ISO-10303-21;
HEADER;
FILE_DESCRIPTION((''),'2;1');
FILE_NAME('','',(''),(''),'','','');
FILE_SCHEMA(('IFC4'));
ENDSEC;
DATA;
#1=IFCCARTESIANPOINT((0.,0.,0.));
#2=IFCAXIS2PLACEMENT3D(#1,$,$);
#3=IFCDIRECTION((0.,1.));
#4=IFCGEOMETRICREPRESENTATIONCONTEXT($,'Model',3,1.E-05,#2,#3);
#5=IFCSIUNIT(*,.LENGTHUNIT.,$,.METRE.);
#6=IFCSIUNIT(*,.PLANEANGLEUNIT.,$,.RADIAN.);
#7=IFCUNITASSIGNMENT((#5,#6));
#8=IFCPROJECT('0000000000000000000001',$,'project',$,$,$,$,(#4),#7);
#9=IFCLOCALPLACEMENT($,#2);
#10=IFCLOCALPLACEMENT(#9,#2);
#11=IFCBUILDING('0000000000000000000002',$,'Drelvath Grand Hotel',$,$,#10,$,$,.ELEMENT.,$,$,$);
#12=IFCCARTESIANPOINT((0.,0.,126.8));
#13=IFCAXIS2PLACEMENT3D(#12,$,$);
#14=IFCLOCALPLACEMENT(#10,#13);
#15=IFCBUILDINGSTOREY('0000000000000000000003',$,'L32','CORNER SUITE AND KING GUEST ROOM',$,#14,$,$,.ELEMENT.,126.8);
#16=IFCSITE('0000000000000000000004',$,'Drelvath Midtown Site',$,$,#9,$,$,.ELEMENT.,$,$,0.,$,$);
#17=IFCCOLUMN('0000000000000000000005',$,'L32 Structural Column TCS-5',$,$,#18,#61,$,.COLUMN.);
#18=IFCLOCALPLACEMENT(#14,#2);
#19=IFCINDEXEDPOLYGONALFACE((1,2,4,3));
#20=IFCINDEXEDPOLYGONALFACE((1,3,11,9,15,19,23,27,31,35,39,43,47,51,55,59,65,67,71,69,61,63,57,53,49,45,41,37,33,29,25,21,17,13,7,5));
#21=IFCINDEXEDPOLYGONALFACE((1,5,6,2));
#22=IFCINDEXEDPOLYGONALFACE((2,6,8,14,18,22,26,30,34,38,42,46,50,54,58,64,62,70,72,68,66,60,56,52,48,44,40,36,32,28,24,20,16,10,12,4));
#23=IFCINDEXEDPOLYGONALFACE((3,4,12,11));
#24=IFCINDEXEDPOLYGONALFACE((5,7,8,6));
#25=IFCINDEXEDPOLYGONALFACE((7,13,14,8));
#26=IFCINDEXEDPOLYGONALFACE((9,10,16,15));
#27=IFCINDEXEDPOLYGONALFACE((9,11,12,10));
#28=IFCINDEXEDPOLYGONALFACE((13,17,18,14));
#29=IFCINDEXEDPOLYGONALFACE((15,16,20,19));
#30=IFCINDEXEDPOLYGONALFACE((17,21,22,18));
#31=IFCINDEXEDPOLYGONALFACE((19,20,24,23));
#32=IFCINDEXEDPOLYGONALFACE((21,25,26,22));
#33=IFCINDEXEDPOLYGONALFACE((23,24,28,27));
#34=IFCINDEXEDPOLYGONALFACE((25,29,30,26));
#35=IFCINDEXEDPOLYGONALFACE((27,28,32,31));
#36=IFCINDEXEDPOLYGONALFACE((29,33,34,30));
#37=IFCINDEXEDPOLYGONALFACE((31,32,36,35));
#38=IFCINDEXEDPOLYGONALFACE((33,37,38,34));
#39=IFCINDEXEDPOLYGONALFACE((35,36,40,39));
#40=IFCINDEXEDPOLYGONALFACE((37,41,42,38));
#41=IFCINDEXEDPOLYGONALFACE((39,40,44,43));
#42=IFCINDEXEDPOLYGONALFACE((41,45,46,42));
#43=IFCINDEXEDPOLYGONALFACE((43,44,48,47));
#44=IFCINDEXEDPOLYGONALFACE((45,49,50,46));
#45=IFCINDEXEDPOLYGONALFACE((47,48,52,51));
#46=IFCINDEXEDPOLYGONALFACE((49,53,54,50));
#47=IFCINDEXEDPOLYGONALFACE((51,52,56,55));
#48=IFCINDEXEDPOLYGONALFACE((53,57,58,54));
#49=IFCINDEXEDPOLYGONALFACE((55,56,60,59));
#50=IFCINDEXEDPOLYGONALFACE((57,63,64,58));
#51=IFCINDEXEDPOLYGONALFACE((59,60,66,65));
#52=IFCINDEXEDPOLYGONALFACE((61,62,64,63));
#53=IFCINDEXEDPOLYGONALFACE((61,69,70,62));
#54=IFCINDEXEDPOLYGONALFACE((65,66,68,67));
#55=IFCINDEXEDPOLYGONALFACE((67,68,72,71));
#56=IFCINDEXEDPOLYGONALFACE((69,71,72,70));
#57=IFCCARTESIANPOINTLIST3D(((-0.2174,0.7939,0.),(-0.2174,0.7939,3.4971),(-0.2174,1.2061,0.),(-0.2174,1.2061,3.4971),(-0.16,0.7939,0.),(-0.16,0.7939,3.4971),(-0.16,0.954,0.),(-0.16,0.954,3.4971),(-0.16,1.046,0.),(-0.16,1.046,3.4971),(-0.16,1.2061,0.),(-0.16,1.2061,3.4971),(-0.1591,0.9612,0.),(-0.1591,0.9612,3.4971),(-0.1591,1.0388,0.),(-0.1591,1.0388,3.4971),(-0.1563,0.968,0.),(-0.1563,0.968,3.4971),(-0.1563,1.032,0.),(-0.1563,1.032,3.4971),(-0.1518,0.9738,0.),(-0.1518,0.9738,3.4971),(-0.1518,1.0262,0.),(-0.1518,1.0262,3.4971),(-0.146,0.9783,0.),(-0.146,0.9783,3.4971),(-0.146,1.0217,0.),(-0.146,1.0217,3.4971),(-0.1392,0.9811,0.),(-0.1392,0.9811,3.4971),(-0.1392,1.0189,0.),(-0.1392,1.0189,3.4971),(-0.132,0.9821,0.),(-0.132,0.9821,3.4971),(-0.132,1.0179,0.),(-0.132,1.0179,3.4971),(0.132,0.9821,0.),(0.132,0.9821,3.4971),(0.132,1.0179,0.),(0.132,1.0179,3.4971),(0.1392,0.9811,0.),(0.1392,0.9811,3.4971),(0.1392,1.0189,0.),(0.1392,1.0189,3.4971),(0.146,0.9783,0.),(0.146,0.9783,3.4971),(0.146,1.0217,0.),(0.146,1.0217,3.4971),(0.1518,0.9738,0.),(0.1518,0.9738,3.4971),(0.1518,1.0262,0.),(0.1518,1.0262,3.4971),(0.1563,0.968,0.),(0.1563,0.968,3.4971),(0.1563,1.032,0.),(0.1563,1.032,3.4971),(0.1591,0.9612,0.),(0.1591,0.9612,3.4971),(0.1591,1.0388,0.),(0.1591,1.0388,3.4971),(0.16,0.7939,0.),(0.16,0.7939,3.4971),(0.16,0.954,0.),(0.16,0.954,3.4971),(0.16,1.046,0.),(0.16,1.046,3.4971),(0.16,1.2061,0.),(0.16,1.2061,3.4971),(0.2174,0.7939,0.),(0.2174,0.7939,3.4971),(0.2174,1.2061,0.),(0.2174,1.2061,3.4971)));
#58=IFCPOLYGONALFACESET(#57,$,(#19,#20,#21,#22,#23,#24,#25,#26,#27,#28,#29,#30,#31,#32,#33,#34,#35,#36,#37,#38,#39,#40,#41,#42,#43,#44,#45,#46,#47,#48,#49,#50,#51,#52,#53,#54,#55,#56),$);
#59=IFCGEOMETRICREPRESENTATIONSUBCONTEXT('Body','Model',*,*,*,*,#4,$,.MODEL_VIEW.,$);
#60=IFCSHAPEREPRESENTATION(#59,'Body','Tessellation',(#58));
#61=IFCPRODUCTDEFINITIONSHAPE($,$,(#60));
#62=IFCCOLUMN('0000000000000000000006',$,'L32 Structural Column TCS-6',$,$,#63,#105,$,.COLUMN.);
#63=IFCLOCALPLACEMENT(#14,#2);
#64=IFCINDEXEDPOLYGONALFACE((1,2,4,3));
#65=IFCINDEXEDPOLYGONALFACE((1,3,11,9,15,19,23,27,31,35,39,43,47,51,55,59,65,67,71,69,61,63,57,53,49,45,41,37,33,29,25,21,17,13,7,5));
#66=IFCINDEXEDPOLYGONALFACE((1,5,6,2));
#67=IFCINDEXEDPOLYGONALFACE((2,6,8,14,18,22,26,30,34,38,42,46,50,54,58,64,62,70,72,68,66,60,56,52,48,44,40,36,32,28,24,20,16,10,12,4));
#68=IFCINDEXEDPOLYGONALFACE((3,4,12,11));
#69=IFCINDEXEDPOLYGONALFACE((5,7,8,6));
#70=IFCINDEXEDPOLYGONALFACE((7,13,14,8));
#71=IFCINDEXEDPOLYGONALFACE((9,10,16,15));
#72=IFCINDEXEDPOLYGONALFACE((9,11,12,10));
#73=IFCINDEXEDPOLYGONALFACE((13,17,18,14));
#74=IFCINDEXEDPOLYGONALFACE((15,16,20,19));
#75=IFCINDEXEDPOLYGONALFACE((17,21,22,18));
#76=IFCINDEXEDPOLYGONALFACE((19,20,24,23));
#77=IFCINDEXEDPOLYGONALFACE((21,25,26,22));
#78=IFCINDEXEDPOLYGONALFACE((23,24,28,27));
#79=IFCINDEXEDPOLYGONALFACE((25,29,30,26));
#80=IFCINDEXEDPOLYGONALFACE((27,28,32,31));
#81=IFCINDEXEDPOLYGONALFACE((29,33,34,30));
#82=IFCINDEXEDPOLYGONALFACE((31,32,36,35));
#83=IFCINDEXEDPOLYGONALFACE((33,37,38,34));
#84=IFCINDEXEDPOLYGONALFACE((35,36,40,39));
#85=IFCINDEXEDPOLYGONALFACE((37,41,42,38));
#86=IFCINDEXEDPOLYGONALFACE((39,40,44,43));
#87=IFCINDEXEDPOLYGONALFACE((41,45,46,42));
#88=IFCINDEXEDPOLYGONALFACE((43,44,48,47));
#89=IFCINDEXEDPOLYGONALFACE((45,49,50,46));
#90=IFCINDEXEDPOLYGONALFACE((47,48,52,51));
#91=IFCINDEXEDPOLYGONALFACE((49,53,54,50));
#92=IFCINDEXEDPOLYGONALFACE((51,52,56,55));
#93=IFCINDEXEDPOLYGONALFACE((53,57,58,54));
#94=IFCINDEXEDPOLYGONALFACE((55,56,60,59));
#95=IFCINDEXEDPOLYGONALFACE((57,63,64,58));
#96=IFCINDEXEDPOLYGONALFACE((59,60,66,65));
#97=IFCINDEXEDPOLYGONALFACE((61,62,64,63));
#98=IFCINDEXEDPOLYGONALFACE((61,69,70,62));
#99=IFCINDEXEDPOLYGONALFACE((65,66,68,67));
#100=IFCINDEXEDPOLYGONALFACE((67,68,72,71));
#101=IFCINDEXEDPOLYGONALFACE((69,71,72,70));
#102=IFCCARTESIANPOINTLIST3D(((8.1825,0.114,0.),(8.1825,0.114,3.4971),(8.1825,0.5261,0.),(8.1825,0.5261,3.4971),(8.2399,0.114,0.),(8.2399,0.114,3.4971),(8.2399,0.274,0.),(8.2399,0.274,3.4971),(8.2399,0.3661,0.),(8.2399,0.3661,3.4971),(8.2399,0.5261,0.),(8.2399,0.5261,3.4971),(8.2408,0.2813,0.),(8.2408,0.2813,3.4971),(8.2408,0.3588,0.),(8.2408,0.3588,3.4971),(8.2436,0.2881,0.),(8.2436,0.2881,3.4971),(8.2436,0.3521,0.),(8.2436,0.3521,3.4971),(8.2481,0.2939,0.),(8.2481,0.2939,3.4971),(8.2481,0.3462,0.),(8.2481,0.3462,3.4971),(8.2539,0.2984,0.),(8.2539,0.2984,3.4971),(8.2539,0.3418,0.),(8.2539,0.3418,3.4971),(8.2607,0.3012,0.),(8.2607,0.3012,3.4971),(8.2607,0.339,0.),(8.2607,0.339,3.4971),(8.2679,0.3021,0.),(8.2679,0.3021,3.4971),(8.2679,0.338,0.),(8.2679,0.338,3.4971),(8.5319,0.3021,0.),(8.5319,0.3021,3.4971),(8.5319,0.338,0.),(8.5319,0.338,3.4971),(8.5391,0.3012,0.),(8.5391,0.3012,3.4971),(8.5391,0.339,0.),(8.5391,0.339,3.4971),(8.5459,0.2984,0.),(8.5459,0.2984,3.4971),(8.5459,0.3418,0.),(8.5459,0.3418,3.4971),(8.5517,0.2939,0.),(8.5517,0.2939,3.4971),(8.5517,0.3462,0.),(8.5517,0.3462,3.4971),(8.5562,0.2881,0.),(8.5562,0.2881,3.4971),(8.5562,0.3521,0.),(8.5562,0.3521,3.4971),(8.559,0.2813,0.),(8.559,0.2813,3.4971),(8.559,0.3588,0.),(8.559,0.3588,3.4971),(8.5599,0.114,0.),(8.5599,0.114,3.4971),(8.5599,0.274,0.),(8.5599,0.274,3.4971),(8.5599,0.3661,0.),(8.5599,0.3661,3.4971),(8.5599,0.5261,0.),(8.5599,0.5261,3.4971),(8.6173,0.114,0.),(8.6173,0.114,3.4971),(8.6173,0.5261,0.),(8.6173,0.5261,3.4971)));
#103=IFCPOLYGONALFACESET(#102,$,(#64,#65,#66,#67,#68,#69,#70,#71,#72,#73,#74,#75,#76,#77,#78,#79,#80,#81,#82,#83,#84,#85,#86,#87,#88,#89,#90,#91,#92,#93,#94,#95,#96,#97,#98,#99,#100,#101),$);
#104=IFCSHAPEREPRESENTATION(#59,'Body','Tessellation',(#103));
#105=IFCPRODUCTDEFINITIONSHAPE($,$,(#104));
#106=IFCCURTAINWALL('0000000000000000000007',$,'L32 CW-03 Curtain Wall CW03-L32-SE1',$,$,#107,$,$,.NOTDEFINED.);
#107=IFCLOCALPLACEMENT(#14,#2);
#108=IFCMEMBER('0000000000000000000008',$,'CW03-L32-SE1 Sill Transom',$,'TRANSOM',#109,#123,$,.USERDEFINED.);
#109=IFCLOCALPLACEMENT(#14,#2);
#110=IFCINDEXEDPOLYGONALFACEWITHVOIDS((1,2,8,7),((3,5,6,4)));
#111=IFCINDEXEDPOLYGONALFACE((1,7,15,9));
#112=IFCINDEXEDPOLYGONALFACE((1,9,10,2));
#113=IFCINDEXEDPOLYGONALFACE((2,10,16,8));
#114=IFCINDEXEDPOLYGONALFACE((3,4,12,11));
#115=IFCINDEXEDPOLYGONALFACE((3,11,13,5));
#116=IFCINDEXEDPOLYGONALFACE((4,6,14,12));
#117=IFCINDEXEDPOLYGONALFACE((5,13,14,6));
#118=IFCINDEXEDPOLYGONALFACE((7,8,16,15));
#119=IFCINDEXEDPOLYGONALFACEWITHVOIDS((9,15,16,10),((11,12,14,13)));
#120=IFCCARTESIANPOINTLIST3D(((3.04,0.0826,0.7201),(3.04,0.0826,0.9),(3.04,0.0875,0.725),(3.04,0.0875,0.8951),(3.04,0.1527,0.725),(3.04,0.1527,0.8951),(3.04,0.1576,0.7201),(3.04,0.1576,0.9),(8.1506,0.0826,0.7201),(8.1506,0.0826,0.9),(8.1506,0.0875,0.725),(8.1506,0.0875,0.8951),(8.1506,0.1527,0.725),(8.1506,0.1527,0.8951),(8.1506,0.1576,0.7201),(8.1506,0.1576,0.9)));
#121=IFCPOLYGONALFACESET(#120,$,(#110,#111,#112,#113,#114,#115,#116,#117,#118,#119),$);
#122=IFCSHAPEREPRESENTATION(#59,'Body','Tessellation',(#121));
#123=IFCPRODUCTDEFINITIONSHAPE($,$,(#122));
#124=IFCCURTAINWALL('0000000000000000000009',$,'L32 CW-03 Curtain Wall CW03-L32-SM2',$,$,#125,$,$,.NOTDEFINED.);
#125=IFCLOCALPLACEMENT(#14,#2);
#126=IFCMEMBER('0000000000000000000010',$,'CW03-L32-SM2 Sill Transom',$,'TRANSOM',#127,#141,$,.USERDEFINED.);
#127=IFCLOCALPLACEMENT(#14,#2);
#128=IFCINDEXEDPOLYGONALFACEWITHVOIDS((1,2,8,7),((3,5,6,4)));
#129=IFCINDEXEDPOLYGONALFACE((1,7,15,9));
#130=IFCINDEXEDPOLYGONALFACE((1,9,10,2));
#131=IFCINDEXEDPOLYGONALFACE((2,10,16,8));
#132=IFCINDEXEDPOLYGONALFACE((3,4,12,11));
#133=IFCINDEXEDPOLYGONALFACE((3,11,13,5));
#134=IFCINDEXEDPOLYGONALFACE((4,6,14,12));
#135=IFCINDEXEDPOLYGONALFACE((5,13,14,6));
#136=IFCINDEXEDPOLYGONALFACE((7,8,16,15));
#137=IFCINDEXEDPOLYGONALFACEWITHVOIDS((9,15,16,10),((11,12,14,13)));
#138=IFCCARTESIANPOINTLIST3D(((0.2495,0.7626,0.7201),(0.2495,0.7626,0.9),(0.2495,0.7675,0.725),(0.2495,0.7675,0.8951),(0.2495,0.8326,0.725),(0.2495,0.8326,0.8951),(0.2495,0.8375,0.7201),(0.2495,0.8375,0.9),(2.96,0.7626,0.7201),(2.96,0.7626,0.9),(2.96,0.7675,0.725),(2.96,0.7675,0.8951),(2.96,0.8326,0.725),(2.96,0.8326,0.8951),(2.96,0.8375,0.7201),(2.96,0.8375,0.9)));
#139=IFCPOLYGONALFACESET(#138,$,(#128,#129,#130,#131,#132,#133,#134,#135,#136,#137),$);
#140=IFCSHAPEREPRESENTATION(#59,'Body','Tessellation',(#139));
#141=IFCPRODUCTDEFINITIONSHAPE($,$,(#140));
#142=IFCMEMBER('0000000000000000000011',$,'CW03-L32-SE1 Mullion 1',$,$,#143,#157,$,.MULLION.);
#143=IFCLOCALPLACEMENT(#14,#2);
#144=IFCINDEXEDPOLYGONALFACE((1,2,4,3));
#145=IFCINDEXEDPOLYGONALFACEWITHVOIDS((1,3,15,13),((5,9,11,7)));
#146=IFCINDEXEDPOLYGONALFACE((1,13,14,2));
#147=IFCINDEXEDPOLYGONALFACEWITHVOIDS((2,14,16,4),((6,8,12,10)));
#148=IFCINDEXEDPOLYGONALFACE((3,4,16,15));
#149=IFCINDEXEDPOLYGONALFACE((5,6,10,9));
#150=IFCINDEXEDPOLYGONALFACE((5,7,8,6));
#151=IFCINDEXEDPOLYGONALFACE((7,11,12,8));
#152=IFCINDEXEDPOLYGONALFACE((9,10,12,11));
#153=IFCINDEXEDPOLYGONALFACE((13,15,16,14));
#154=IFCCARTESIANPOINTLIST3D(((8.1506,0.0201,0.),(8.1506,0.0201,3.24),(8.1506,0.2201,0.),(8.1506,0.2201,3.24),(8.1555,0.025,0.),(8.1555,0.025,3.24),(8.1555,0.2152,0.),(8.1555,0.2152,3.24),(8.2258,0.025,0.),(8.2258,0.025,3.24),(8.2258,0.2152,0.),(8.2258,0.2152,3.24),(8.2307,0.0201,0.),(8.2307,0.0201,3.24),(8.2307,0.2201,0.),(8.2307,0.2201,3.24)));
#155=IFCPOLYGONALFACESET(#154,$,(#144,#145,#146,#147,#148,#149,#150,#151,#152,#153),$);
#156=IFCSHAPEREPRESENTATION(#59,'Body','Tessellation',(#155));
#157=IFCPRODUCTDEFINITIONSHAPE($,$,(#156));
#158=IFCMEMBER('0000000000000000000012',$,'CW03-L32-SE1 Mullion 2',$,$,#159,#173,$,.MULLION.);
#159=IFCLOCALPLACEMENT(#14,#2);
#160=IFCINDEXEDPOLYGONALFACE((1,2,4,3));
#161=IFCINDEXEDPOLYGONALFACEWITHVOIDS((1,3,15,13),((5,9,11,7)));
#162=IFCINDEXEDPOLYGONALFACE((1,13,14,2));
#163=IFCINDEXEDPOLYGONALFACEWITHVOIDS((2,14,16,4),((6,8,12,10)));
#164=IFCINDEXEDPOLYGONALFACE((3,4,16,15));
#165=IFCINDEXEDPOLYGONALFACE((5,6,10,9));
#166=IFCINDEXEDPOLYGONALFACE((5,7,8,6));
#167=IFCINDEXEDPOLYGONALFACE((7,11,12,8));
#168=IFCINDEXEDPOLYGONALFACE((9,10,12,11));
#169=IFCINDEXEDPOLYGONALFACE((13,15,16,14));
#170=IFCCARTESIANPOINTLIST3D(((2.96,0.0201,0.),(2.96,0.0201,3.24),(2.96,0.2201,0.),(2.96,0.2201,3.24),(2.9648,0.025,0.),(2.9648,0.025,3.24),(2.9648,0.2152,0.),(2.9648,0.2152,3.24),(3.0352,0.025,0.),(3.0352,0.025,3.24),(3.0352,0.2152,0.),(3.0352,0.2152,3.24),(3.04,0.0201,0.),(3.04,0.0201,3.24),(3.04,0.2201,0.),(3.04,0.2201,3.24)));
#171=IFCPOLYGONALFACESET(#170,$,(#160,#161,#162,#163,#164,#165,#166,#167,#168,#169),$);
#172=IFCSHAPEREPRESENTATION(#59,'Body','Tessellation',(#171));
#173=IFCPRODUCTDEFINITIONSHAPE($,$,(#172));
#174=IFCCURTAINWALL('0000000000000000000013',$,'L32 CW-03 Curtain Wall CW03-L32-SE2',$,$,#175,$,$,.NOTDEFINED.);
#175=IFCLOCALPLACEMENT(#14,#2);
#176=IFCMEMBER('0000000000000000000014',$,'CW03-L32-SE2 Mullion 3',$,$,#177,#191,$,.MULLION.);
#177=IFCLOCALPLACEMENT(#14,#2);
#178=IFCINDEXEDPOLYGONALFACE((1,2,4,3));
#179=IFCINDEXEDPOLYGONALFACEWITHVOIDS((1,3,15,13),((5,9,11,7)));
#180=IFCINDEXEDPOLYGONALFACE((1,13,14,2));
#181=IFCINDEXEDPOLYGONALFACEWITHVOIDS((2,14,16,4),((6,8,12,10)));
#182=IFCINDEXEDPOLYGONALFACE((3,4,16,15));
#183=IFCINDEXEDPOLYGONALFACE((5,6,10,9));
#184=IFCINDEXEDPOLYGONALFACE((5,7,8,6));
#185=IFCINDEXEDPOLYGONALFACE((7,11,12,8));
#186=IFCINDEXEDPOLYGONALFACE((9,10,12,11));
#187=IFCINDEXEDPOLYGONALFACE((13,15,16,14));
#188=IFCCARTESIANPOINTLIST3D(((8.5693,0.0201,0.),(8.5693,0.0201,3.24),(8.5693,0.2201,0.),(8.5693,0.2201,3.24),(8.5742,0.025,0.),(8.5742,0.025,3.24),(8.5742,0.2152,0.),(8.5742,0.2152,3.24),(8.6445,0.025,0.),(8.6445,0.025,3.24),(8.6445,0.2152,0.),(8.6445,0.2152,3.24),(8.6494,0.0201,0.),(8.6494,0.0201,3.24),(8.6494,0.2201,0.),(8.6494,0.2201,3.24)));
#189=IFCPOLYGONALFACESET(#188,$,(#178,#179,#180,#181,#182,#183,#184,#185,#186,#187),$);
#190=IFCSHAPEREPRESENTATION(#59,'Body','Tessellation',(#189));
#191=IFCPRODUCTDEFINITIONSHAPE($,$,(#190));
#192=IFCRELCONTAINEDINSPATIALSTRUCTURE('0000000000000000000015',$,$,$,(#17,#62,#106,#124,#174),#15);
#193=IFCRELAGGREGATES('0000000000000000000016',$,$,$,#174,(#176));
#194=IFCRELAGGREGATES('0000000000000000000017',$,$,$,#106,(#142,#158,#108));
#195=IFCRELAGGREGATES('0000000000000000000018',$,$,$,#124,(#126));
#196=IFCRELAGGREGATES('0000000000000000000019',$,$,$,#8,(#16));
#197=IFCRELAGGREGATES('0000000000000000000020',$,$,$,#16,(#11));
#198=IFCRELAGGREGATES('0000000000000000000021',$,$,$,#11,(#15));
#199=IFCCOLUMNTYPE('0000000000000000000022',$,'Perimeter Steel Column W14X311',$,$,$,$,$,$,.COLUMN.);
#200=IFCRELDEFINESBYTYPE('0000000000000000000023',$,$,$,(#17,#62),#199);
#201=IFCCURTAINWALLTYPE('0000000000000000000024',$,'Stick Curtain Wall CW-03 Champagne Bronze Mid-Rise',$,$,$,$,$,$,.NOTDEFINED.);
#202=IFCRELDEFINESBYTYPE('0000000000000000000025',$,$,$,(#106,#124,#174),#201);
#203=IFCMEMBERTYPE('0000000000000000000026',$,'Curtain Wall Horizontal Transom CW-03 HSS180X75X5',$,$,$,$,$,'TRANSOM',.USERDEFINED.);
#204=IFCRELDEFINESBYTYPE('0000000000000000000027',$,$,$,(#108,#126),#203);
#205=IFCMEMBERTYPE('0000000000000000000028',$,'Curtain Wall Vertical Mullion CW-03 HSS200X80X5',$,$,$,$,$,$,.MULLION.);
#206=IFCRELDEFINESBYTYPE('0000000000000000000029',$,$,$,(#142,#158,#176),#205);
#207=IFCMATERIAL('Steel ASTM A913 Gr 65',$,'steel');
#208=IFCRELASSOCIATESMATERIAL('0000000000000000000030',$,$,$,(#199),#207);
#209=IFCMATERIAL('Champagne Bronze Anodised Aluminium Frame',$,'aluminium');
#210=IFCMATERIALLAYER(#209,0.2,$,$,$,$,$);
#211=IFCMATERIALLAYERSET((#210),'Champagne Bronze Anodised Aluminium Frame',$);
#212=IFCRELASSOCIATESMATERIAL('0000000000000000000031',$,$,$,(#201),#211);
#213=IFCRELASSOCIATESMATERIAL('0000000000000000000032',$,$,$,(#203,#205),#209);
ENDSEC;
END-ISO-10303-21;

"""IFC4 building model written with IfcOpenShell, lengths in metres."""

from ifc_helpers import new_model, si_unit, direction, frame, origin, origin_2d, place, context, subcontext, project, spatial, hollow_rectangle, i_section, extrude, material, layer, layer_set, material_profile, profile_set, type_object, element, aggregate, save


model = new_model("IFC4")

# Units and contexts
model_context = context("Model", 3, precision=1e-05, world=origin(), true_north=direction((0.0, 1.0)))
body_context = subcontext(model_context, "Body", "Model", "MODEL_VIEW")
ifc_project = project(units=[si_unit("LENGTHUNIT", "METRE"), si_unit("PLANEANGLEUNIT", "RADIAN")], contexts=[model_context])

# Site, building, storey
site_placement = place(None, origin())
site = spatial("IfcSite", under=ifc_project, at=site_placement, Name="Drelvath Midtown Site", CompositionType="ELEMENT", RefElevation=0.0)
building_placement = place(site_placement, origin())
building = spatial("IfcBuilding", under=site, at=building_placement, Name="Drelvath Grand Hotel", CompositionType="ELEMENT")
storey_placement = place(building_placement, frame((0.0, 0.0, 126.8)))
storey = spatial("IfcBuildingStorey", under=building, at=storey_placement, Name="L32", Description="CORNER SUITE AND KING GUEST ROOM", CompositionType="ELEMENT", Elevation=126.8)

# Columns
ifc_material_1 = material(Name="Steel ASTM A913 Gr 65", Category="steel")
ifc_material_profile_1 = material_profile(ifc_material_1, i_section(OverallWidth=0.4121, OverallDepth=0.4348, WebThickness=0.0359, FlangeThickness=0.0574, FilletRadius=0.0281, at=origin_2d()), Name="W14X311")
ifc_profile_set_1 = profile_set([ifc_material_profile_1], Name="Steel ASTM A913 Gr 65")
column_type = type_object("IfcColumnType", Name="Perimeter Steel Column W14X311", PredefinedType="COLUMN", material=ifc_profile_set_1)
for number, where, z_axis, x_axis, name in (
    (1, (0.0, 1.0, 0.0), (0.0, 0.0, 1.0), (0.0, 1.0, 0.0), "L32 Structural Column TCS-5"),
    (2, (8.3999, 0.3201, 0.0), (0.0, 0.0, 1.0), (0.0, 1.0, 0.0), "L32 Structural Column TCS-6"),
):
    element("IfcColumn", number, at=place(storey_placement, frame(where, z_axis=z_axis, x_axis=x_axis)), inside=storey, type_object=column_type, Name=name, PredefinedType="COLUMN", context=body_context, shape_type="SweptSolid", body=[
        extrude(i_section(OverallWidth=0.4121, OverallDepth=0.4348, WebThickness=0.0359, FlangeThickness=0.0574, FilletRadius=0.0281, at=origin_2d()), origin(), (0.0, 0.0, 1.0), 3.4971),
    ])

# Curtain walls, members
ifc_material_2 = material(Name="Champagne Bronze Anodised Aluminium Frame", Category="aluminium")
ifc_layer_1 = layer(ifc_material_2, 0.2)
ifc_layer_set_1 = layer_set([ifc_layer_1], Name="Champagne Bronze Anodised Aluminium Frame")
curtain_wall_type = type_object("IfcCurtainWallType", Name="Stick Curtain Wall CW-03 Champagne Bronze Mid-Rise", PredefinedType="NOTDEFINED", material=ifc_layer_set_1)
curtain_wall_1_placement = place(storey_placement, origin())
curtain_wall_1 = element("IfcCurtainWall", 3, at=curtain_wall_1_placement, inside=storey, type_object=curtain_wall_type, Name="L32 CW-03 Curtain Wall CW03-L32-SE1", PredefinedType="NOTDEFINED")
ifc_material_profile_2 = material_profile(ifc_material_2, hollow_rectangle(XDim=0.075, YDim=0.1799, WallThickness=0.0049, at=origin_2d()), Name="HSS180X75X5")
ifc_profile_set_2 = profile_set([ifc_material_profile_2], Name="Champagne Bronze Anodised Aluminium Frame")
member_type_1 = type_object("IfcMemberType", Name="Curtain Wall Horizontal Transom CW-03 HSS180X75X5", ElementType="TRANSOM", PredefinedType="USERDEFINED", material=ifc_profile_set_2)
member_1_placement = place(storey_placement, frame((8.1506, 0.1201, 0.8101), z_axis=(-1.0, 0.0, 0.0), x_axis=(0.0, -1.0, 0.0)))
member_1 = element("IfcMember", 4, at=member_1_placement, type_object=member_type_1, Name="CW03-L32-SE1 Sill Transom", ObjectType="TRANSOM", PredefinedType="USERDEFINED", context=body_context, shape_type="SweptSolid", body=[
    extrude(hollow_rectangle(XDim=0.075, YDim=0.1799, WallThickness=0.0049, at=origin_2d()), origin(), (0.0, 0.0, 1.0), 5.1106),
])
curtain_wall_2_placement = place(storey_placement, origin())
curtain_wall_2 = element("IfcCurtainWall", 5, at=curtain_wall_2_placement, inside=storey, type_object=curtain_wall_type, Name="L32 CW-03 Curtain Wall CW03-L32-SM2", PredefinedType="NOTDEFINED")
member_2_placement = place(storey_placement, frame((2.96, 0.8, 0.8101), z_axis=(-1.0, 0.0, 0.0), x_axis=(0.0, -1.0, 0.0)))
member_2 = element("IfcMember", 6, at=member_2_placement, type_object=member_type_1, Name="CW03-L32-SM2 Sill Transom", ObjectType="TRANSOM", PredefinedType="USERDEFINED", context=body_context, shape_type="SweptSolid", body=[
    extrude(hollow_rectangle(XDim=0.075, YDim=0.1799, WallThickness=0.0049, at=origin_2d()), origin(), (0.0, 0.0, 1.0), 2.7104),
])

# Members
ifc_material_profile_3 = material_profile(ifc_material_2, hollow_rectangle(XDim=0.0801, YDim=0.2, WallThickness=0.0049, at=origin_2d()), Name="HSS200X80X5")
ifc_profile_set_3 = profile_set([ifc_material_profile_3], Name="Champagne Bronze Anodised Aluminium Frame")
member_type_2 = type_object("IfcMemberType", Name="Curtain Wall Vertical Mullion CW-03 HSS200X80X5", PredefinedType="MULLION", material=ifc_profile_set_3)
member_3_placement = place(storey_placement, frame((8.1907, 0.1201, 0.0), z_axis=(0.0, 0.0, 1.0), x_axis=(1.0, 0.0, 0.0)))
member_3 = element("IfcMember", 7, at=member_3_placement, type_object=member_type_2, Name="CW03-L32-SE1 Mullion 1", PredefinedType="MULLION", context=body_context, shape_type="SweptSolid", body=[
    extrude(hollow_rectangle(XDim=0.0801, YDim=0.2, WallThickness=0.0049, at=origin_2d()), origin(), (0.0, 0.0, 1.0), 3.24),
])
member_4_placement = place(storey_placement, frame((3.0, 0.1201, 0.0), z_axis=(0.0, 0.0, 1.0), x_axis=(1.0, 0.0, 0.0)))
member_4 = element("IfcMember", 8, at=member_4_placement, type_object=member_type_2, Name="CW03-L32-SE1 Mullion 2", PredefinedType="MULLION", context=body_context, shape_type="SweptSolid", body=[
    extrude(hollow_rectangle(XDim=0.0801, YDim=0.2, WallThickness=0.0049, at=origin_2d()), origin(), (0.0, 0.0, 1.0), 3.24),
])

# Curtain wall, member
curtain_wall_3_placement = place(storey_placement, origin())
curtain_wall_3 = element("IfcCurtainWall", 9, at=curtain_wall_3_placement, inside=storey, type_object=curtain_wall_type, Name="L32 CW-03 Curtain Wall CW03-L32-SE2", PredefinedType="NOTDEFINED")
member_5_placement = place(storey_placement, frame((8.6094, 0.1201, 0.0), z_axis=(0.0, 0.0, 1.0), x_axis=(1.0, 0.0, 0.0)))
member_5 = element("IfcMember", 10, at=member_5_placement, type_object=member_type_2, Name="CW03-L32-SE2 Mullion 3", PredefinedType="MULLION", context=body_context, shape_type="SweptSolid", body=[
    extrude(hollow_rectangle(XDim=0.0801, YDim=0.2, WallThickness=0.0049, at=origin_2d()), origin(), (0.0, 0.0, 1.0), 3.24),
])
aggregate(curtain_wall_3, [member_5])

aggregate(curtain_wall_1, [member_3, member_4, member_1])
aggregate(curtain_wall_2, [member_2])

save(model, "model.ifc")
